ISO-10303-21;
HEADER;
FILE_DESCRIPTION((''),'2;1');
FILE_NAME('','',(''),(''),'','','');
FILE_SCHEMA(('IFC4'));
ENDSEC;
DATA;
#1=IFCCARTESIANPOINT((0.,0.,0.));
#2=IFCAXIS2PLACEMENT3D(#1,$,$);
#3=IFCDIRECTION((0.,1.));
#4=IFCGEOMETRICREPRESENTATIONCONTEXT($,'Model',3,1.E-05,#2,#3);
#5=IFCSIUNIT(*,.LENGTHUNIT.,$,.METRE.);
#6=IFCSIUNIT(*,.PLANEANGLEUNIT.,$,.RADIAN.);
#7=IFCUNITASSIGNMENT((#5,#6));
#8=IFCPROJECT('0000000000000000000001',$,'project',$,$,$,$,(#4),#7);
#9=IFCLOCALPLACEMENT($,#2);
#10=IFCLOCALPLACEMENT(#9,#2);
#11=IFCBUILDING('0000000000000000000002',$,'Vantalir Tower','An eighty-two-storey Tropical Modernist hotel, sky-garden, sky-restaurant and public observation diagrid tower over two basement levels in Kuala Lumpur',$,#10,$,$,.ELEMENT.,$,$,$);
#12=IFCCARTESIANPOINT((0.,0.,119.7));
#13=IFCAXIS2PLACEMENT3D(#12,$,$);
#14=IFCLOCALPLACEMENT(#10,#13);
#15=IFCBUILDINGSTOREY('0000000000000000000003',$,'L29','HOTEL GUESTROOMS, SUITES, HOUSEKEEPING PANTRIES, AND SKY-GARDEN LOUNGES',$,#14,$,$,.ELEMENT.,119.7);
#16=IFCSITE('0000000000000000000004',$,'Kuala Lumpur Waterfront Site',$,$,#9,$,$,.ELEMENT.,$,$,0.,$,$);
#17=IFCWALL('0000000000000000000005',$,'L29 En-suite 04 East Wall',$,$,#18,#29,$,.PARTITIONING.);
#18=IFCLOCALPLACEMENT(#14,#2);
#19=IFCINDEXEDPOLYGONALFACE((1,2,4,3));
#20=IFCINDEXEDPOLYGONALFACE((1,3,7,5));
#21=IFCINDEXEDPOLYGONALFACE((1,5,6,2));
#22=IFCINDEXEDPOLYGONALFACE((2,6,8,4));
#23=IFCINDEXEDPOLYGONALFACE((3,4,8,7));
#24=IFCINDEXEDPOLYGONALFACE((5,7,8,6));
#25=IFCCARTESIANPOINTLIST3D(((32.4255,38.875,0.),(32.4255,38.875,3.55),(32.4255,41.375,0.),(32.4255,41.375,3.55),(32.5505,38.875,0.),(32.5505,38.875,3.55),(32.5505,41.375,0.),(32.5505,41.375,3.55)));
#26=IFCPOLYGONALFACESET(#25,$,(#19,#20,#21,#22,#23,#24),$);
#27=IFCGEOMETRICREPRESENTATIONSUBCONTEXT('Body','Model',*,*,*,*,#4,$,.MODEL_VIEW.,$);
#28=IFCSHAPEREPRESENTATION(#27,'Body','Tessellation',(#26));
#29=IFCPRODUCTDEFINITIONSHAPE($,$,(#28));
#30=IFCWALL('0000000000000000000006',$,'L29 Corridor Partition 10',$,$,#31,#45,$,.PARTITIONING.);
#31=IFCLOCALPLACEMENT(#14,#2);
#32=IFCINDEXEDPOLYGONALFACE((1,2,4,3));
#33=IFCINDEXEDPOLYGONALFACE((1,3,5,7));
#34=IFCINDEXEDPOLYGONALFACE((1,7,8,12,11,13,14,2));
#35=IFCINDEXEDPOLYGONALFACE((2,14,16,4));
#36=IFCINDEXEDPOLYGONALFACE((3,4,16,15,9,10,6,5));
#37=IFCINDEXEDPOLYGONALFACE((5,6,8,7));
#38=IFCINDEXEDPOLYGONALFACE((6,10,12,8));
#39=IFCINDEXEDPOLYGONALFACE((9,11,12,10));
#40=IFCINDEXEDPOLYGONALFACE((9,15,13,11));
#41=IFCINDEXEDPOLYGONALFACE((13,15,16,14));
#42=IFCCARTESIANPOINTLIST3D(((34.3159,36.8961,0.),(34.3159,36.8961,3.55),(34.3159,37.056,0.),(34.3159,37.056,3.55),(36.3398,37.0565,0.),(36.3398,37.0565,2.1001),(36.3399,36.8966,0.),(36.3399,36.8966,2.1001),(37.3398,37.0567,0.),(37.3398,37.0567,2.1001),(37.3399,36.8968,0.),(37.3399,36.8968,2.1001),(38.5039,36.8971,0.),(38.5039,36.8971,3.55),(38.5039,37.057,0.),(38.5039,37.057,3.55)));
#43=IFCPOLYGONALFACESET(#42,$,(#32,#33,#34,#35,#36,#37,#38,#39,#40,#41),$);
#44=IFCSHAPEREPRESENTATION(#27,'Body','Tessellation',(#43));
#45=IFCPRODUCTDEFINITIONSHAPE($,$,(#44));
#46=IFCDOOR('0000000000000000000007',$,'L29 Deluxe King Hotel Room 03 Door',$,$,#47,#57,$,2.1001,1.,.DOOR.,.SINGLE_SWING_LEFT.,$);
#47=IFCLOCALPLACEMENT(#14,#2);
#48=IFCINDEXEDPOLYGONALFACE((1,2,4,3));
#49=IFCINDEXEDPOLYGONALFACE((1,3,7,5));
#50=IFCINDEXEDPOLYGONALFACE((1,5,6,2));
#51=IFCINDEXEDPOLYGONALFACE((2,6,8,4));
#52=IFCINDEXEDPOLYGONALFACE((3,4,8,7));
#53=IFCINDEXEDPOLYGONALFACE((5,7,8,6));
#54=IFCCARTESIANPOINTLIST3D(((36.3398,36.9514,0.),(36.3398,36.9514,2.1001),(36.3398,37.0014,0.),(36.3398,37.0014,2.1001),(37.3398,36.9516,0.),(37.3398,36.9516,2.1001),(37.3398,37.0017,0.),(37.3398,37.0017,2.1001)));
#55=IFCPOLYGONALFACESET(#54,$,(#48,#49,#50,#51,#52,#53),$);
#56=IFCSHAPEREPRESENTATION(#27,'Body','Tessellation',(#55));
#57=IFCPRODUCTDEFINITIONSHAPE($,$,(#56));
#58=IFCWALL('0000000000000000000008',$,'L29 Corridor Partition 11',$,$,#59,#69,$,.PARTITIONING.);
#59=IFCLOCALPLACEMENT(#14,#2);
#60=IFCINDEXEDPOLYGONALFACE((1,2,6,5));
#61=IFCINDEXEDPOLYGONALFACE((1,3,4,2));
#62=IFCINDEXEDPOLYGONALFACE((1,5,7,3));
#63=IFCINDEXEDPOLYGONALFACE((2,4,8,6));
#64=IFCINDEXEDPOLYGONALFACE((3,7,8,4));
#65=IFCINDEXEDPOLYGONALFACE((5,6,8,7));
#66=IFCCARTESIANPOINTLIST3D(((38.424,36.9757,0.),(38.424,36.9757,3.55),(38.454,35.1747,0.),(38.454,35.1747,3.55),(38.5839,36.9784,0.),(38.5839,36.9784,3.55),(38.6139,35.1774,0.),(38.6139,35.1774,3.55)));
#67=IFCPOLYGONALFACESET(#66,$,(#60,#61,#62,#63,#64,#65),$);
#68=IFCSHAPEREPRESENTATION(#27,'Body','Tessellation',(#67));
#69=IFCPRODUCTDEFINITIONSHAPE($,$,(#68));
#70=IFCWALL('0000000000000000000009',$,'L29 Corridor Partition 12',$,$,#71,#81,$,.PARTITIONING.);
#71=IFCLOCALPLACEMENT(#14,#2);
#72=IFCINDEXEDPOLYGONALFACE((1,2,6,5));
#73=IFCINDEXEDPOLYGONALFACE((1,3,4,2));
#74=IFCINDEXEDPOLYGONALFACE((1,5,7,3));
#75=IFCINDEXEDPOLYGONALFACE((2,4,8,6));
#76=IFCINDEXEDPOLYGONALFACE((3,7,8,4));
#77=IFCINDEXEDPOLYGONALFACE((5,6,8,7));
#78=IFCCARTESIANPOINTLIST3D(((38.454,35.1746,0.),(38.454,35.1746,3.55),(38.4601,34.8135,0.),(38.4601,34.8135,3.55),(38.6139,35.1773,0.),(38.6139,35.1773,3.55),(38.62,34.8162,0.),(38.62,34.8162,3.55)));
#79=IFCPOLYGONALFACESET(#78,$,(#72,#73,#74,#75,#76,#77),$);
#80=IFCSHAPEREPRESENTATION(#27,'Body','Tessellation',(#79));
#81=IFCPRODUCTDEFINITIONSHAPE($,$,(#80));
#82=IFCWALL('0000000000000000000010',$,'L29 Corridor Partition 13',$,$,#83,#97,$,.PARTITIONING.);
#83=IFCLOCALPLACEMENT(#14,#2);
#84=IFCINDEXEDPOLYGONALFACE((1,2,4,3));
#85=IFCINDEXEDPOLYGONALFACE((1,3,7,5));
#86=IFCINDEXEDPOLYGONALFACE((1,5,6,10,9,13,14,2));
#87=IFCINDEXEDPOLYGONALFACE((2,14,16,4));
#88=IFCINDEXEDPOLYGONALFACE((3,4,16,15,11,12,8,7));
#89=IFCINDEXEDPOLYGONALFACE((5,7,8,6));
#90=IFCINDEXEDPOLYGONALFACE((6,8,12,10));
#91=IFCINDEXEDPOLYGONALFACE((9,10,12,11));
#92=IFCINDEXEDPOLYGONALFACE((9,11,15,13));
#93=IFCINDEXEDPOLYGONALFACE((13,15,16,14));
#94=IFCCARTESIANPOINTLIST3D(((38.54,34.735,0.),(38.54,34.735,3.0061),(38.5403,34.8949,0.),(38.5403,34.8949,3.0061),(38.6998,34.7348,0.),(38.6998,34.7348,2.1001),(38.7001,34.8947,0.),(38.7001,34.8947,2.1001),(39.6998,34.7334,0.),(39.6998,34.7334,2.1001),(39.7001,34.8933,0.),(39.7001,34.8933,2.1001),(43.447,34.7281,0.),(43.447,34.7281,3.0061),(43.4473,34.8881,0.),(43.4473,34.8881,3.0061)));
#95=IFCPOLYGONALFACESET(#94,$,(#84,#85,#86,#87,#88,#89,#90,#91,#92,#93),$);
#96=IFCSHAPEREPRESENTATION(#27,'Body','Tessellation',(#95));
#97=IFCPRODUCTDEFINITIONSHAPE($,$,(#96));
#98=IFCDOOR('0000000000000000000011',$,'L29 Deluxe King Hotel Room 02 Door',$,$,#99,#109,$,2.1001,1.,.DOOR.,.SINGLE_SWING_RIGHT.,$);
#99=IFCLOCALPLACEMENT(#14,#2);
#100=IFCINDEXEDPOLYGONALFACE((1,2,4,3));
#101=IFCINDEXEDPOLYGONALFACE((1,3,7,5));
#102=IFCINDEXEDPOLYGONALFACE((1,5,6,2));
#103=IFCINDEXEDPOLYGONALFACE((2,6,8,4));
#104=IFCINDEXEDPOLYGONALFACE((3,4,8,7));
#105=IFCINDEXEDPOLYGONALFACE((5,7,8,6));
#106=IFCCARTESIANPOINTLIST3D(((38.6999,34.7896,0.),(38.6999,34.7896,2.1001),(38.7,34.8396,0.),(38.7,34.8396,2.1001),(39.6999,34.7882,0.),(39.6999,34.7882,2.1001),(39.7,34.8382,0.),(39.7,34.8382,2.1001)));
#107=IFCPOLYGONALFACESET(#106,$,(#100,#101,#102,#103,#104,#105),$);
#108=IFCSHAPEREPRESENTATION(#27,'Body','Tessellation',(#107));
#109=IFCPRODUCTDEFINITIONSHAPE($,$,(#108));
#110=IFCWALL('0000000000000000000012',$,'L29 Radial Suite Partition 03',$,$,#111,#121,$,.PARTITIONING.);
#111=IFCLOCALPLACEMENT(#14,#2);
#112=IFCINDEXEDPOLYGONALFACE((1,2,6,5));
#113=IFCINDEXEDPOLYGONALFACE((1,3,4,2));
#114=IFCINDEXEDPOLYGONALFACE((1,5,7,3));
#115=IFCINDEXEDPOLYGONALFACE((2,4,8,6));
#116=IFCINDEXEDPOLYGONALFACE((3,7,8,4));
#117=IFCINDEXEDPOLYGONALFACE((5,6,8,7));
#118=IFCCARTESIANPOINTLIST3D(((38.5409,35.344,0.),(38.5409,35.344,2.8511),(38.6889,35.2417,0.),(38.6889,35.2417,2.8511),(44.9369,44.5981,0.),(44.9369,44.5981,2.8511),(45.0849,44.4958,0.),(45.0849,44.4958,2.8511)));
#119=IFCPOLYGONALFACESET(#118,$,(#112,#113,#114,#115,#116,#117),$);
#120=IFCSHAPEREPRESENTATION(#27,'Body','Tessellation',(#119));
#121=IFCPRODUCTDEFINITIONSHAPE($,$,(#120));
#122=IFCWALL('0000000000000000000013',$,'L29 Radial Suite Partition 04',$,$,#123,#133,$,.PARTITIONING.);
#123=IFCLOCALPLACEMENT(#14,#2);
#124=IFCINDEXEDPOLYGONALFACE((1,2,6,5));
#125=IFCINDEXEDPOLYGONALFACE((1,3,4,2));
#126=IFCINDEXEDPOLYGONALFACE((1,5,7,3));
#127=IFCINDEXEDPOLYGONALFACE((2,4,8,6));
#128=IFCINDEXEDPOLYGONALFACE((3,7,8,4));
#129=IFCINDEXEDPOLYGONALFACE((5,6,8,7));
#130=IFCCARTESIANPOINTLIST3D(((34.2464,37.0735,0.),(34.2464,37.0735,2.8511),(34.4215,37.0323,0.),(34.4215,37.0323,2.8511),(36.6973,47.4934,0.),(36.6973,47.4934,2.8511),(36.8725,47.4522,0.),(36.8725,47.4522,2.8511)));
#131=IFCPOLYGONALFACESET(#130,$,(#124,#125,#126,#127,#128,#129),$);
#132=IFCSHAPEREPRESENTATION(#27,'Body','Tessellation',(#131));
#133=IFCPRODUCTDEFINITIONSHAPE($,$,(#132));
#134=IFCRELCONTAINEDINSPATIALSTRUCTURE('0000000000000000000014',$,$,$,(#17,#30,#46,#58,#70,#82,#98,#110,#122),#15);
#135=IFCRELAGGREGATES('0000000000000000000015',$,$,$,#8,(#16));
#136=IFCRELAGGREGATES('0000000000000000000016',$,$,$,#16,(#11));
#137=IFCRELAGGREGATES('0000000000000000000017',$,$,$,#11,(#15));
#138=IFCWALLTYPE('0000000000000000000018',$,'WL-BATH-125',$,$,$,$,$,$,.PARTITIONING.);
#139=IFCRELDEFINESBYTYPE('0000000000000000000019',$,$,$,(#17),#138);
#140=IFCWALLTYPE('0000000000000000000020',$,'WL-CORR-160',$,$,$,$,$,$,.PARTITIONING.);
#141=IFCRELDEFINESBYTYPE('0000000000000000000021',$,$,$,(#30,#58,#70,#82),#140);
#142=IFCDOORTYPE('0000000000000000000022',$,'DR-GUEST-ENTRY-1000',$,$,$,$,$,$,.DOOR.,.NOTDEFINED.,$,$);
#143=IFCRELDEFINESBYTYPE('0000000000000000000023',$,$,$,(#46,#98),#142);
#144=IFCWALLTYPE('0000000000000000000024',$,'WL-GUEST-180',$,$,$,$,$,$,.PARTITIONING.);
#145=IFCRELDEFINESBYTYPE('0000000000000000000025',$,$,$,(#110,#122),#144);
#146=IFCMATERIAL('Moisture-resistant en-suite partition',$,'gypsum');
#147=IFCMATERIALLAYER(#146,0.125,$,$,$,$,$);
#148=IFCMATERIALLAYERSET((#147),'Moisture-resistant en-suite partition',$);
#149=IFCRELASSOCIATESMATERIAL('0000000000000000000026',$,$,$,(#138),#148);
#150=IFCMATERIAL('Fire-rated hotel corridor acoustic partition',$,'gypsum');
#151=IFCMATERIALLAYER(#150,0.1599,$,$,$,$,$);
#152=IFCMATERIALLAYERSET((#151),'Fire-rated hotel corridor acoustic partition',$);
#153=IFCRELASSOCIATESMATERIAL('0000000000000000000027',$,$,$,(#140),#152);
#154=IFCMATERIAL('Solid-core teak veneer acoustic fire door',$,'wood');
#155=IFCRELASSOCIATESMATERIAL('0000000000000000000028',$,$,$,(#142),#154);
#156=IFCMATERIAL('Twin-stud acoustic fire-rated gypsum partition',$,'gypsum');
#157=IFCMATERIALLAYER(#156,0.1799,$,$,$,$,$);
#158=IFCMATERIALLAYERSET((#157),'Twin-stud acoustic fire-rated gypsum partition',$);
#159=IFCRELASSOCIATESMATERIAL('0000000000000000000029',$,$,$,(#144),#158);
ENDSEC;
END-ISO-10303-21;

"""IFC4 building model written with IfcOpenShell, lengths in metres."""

from ifc_helpers import new_model, si_unit, direction, frame, frame_2d, origin, place, context, subcontext, project, spatial, rectangle, extrude, material, layer, layer_set, type_object, element, fill, save


model = new_model("IFC4")

# Units and contexts
model_context = context("Model", 3, precision=1e-05, world=origin(), true_north=direction((0.0, 1.0)))
body_context = subcontext(model_context, "Body", "Model", "MODEL_VIEW")
ifc_project = project(units=[si_unit("LENGTHUNIT", "METRE"), si_unit("PLANEANGLEUNIT", "RADIAN")], contexts=[model_context])

# Site, building, storey
site_placement = place(None, origin())
site = spatial("IfcSite", under=ifc_project, at=site_placement, Name="Kuala Lumpur Waterfront Site", CompositionType="ELEMENT", RefElevation=0.0)
building_placement = place(site_placement, origin())
building = spatial("IfcBuilding", under=site, at=building_placement, Name="Vantalir Tower", Description="An eighty-two-storey Tropical Modernist hotel, sky-garden, sky-restaurant and public observation diagrid tower over two basement levels in Kuala Lumpur", CompositionType="ELEMENT")
storey_placement = place(building_placement, frame((0.0, 0.0, 119.7)))
storey = spatial("IfcBuildingStorey", under=building, at=storey_placement, Name="L29", Description="HOTEL GUESTROOMS, SUITES, HOUSEKEEPING PANTRIES, AND SKY-GARDEN LOUNGES", CompositionType="ELEMENT", Elevation=119.7)

# Shared definitions
ifc_material_1 = material(Name="Moisture-resistant en-suite partition", Category="gypsum")
ifc_layer_1 = layer(ifc_material_1, 0.125)
ifc_layer_set_1 = layer_set([ifc_layer_1], Name="Moisture-resistant en-suite partition")
wall_type_1 = type_object("IfcWallType", Name="WL-BATH-125", PredefinedType="PARTITIONING", material=ifc_layer_set_1)

# Wall
for number, where, z_axis, x_axis, name in (
    (1, (32.488, 38.875, 0.0), (0.0, 0.0, 1.0), (0.0, 1.0, 0.0), "L29 En-suite 04 East Wall"),
):
    element("IfcWall", number, at=place(storey_placement, frame(where, z_axis=z_axis, x_axis=x_axis)), inside=storey, type_object=wall_type_1, Name=name, PredefinedType="PARTITIONING", context=body_context, shape_type="SweptSolid", body=[
        extrude(rectangle(XDim=2.5, YDim=0.125, at=frame_2d((1.25, 0.0))), origin(), (0.0, 0.0, 1.0), 3.55),
    ])

# Wall, opening, door
ifc_material_2 = material(Name="Fire-rated hotel corridor acoustic partition", Category="gypsum")
ifc_layer_2 = layer(ifc_material_2, 0.1599)
ifc_layer_set_2 = layer_set([ifc_layer_2], Name="Fire-rated hotel corridor acoustic partition")
wall_type_2 = type_object("IfcWallType", Name="WL-CORR-160", PredefinedType="PARTITIONING", material=ifc_layer_set_2)
wall_1_placement = place(storey_placement, frame((34.3159, 36.9761, 0.0), z_axis=(0.0, 0.0, 1.0), x_axis=(1.0, 0.000233, 0.0)))
wall_1 = element("IfcWall", 2, at=wall_1_placement, inside=storey, type_object=wall_type_2, Name="L29 Corridor Partition 10", PredefinedType="PARTITIONING", context=body_context, shape_type="SweptSolid", body=[
    extrude(rectangle(XDim=4.188, YDim=0.1599, at=frame_2d((2.094, 0.0))), origin(), (0.0, 0.0, 1.0), 3.55),
])
opening_1_placement = place(wall_1_placement, frame((2.0239, 0.0, 0.0)))
opening_1 = element("IfcOpeningElement", 3, at=opening_1_placement, cuts=wall_1, PredefinedType="OPENING", context=body_context, shape_type="SweptSolid", body=[
    extrude(rectangle(XDim=1.0, YDim=2.1001, at=frame_2d((0.5, 1.05))), frame((0.0, 0.0898, 0.0), z_axis=(0.0, -1.0, 0.0), x_axis=(1.0, 0.0, 0.0)), (0.0, 0.0, 1.0), 0.1799),
])
ifc_material_3 = material(Name="Solid-core teak veneer acoustic fire door", Category="wood")
door_type_1 = type_object("IfcDoorType", Name="DR-GUEST-ENTRY-1000", OperationType="NOTDEFINED", PredefinedType="DOOR", material=ifc_material_3)
door_1_placement = place(opening_1_placement, origin())
door_1 = element("IfcDoor", 4, at=door_1_placement, inside=storey, type_object=door_type_1, Name="L29 Deluxe King Hotel Room 03 Door", OperationType="SINGLE_SWING_LEFT", OverallHeight=2.1001, OverallWidth=1.0, PredefinedType="DOOR", context=body_context, shape_type="SweptSolid", body=[
    extrude(rectangle(XDim=1.0, YDim=2.1001, at=frame_2d((0.5, 1.05))), frame((0.0, 0.0249, 0.0), z_axis=(0.0, -1.0, 0.0), x_axis=(1.0, 0.0, 0.0)), (0.0, 0.0, 1.0), 0.05),
])
fill(opening_1, door_1)

# Walls
wall_2_placement = place(storey_placement, frame((38.5039, 36.9771, 0.0), z_axis=(0.0, 0.0, 1.0), x_axis=(0.016671, -0.999861, 0.0)))
element("IfcWall", 5, at=wall_2_placement, inside=storey, type_object=wall_type_2, Name="L29 Corridor Partition 11", PredefinedType="PARTITIONING", context=body_context, shape_type="SweptSolid", body=[
    extrude(rectangle(XDim=1.8013, YDim=0.1599, at=frame_2d((0.9006, 0.0))), origin(), (0.0, 0.0, 1.0), 3.55),
])
wall_3_placement = place(storey_placement, frame((38.5339, 35.176, 0.0), z_axis=(0.0, 0.0, 1.0), x_axis=(0.016901, -0.999857, 0.0)))
element("IfcWall", 6, at=wall_3_placement, inside=storey, type_object=wall_type_2, Name="L29 Corridor Partition 12", PredefinedType="PARTITIONING", context=body_context, shape_type="SweptSolid", body=[
    extrude(rectangle(XDim=0.3611, YDim=0.1599, at=frame_2d((0.1807, 0.0))), origin(), (0.0, 0.0, 1.0), 3.55),
])

# Wall, opening, door
wall_4_placement = place(storey_placement, frame((38.54, 34.8149, 0.0), z_axis=(0.0, 0.0, 1.0), x_axis=(0.999999, -0.001393, 0.0)))
wall_4 = element("IfcWall", 7, at=wall_4_placement, inside=storey, type_object=wall_type_2, Name="L29 Corridor Partition 13", PredefinedType="PARTITIONING", context=body_context, shape_type="SweptSolid", body=[
    extrude(rectangle(XDim=4.907, YDim=0.1599, at=frame_2d((2.4536, 0.0))), origin(), (0.0, 0.0, 1.0), 3.0061),
])
opening_2_placement = place(wall_4_placement, frame((0.1599, 0.0, 0.0)))
opening_2 = element("IfcOpeningElement", 8, at=opening_2_placement, cuts=wall_4, PredefinedType="OPENING", context=body_context, shape_type="SweptSolid", body=[
    extrude(rectangle(XDim=1.0, YDim=2.1001, at=frame_2d((0.5, 1.05))), frame((0.0, 0.0898, 0.0), z_axis=(0.0, -1.0, 0.0), x_axis=(1.0, 0.0, 0.0)), (0.0, 0.0, 1.0), 0.1799),
])
door_2_placement = place(opening_2_placement, origin())
door_2 = element("IfcDoor", 9, at=door_2_placement, inside=storey, type_object=door_type_1, Name="L29 Deluxe King Hotel Room 02 Door", OperationType="SINGLE_SWING_RIGHT", OverallHeight=2.1001, OverallWidth=1.0, PredefinedType="DOOR", context=body_context, shape_type="SweptSolid", body=[
    extrude(rectangle(XDim=1.0, YDim=2.1001, at=frame_2d((0.5, 1.05))), frame((0.0, 0.0249, 0.0), z_axis=(0.0, -1.0, 0.0), x_axis=(1.0, 0.0, 0.0)), (0.0, 0.0, 1.0), 0.05),
])
fill(opening_2, door_2)

# Walls
ifc_material_4 = material(Name="Twin-stud acoustic fire-rated gypsum partition", Category="gypsum")
ifc_layer_3 = layer(ifc_material_4, 0.1799)
ifc_layer_set_3 = layer_set([ifc_layer_3], Name="Twin-stud acoustic fire-rated gypsum partition")
wall_type_3 = type_object("IfcWallType", Name="WL-GUEST-180", PredefinedType="PARTITIONING", material=ifc_layer_set_3)
wall_5_placement = place(storey_placement, frame((38.615, 35.293, 0.0), z_axis=(0.0, 0.0, 1.0), x_axis=(0.568565, 0.822638, 0.0)))
element("IfcWall", 10, at=wall_5_placement, inside=storey, type_object=wall_type_3, Name="L29 Radial Suite Partition 03", PredefinedType="PARTITIONING", context=body_context, shape_type="SweptSolid", body=[
    extrude(rectangle(XDim=11.2493, YDim=0.1799, at=frame_2d((5.6245, 0.0))), origin(), (0.0, 0.0, 1.0), 2.8511),
])
wall_6_placement = place(storey_placement, frame((34.334, 37.053, 0.0), z_axis=(0.0, 0.0, 1.0), x_axis=(0.228967, 0.973434, 0.0)))
element("IfcWall", 11, at=wall_6_placement, inside=storey, type_object=wall_type_3, Name="L29 Radial Suite Partition 04", PredefinedType="PARTITIONING", context=body_context, shape_type="SweptSolid", body=[
    extrude(rectangle(XDim=10.7043, YDim=0.1799, at=frame_2d((5.3521, 0.0))), origin(), (0.0, 0.0, 1.0), 2.8511),
])

save(model, "model.ifc")
